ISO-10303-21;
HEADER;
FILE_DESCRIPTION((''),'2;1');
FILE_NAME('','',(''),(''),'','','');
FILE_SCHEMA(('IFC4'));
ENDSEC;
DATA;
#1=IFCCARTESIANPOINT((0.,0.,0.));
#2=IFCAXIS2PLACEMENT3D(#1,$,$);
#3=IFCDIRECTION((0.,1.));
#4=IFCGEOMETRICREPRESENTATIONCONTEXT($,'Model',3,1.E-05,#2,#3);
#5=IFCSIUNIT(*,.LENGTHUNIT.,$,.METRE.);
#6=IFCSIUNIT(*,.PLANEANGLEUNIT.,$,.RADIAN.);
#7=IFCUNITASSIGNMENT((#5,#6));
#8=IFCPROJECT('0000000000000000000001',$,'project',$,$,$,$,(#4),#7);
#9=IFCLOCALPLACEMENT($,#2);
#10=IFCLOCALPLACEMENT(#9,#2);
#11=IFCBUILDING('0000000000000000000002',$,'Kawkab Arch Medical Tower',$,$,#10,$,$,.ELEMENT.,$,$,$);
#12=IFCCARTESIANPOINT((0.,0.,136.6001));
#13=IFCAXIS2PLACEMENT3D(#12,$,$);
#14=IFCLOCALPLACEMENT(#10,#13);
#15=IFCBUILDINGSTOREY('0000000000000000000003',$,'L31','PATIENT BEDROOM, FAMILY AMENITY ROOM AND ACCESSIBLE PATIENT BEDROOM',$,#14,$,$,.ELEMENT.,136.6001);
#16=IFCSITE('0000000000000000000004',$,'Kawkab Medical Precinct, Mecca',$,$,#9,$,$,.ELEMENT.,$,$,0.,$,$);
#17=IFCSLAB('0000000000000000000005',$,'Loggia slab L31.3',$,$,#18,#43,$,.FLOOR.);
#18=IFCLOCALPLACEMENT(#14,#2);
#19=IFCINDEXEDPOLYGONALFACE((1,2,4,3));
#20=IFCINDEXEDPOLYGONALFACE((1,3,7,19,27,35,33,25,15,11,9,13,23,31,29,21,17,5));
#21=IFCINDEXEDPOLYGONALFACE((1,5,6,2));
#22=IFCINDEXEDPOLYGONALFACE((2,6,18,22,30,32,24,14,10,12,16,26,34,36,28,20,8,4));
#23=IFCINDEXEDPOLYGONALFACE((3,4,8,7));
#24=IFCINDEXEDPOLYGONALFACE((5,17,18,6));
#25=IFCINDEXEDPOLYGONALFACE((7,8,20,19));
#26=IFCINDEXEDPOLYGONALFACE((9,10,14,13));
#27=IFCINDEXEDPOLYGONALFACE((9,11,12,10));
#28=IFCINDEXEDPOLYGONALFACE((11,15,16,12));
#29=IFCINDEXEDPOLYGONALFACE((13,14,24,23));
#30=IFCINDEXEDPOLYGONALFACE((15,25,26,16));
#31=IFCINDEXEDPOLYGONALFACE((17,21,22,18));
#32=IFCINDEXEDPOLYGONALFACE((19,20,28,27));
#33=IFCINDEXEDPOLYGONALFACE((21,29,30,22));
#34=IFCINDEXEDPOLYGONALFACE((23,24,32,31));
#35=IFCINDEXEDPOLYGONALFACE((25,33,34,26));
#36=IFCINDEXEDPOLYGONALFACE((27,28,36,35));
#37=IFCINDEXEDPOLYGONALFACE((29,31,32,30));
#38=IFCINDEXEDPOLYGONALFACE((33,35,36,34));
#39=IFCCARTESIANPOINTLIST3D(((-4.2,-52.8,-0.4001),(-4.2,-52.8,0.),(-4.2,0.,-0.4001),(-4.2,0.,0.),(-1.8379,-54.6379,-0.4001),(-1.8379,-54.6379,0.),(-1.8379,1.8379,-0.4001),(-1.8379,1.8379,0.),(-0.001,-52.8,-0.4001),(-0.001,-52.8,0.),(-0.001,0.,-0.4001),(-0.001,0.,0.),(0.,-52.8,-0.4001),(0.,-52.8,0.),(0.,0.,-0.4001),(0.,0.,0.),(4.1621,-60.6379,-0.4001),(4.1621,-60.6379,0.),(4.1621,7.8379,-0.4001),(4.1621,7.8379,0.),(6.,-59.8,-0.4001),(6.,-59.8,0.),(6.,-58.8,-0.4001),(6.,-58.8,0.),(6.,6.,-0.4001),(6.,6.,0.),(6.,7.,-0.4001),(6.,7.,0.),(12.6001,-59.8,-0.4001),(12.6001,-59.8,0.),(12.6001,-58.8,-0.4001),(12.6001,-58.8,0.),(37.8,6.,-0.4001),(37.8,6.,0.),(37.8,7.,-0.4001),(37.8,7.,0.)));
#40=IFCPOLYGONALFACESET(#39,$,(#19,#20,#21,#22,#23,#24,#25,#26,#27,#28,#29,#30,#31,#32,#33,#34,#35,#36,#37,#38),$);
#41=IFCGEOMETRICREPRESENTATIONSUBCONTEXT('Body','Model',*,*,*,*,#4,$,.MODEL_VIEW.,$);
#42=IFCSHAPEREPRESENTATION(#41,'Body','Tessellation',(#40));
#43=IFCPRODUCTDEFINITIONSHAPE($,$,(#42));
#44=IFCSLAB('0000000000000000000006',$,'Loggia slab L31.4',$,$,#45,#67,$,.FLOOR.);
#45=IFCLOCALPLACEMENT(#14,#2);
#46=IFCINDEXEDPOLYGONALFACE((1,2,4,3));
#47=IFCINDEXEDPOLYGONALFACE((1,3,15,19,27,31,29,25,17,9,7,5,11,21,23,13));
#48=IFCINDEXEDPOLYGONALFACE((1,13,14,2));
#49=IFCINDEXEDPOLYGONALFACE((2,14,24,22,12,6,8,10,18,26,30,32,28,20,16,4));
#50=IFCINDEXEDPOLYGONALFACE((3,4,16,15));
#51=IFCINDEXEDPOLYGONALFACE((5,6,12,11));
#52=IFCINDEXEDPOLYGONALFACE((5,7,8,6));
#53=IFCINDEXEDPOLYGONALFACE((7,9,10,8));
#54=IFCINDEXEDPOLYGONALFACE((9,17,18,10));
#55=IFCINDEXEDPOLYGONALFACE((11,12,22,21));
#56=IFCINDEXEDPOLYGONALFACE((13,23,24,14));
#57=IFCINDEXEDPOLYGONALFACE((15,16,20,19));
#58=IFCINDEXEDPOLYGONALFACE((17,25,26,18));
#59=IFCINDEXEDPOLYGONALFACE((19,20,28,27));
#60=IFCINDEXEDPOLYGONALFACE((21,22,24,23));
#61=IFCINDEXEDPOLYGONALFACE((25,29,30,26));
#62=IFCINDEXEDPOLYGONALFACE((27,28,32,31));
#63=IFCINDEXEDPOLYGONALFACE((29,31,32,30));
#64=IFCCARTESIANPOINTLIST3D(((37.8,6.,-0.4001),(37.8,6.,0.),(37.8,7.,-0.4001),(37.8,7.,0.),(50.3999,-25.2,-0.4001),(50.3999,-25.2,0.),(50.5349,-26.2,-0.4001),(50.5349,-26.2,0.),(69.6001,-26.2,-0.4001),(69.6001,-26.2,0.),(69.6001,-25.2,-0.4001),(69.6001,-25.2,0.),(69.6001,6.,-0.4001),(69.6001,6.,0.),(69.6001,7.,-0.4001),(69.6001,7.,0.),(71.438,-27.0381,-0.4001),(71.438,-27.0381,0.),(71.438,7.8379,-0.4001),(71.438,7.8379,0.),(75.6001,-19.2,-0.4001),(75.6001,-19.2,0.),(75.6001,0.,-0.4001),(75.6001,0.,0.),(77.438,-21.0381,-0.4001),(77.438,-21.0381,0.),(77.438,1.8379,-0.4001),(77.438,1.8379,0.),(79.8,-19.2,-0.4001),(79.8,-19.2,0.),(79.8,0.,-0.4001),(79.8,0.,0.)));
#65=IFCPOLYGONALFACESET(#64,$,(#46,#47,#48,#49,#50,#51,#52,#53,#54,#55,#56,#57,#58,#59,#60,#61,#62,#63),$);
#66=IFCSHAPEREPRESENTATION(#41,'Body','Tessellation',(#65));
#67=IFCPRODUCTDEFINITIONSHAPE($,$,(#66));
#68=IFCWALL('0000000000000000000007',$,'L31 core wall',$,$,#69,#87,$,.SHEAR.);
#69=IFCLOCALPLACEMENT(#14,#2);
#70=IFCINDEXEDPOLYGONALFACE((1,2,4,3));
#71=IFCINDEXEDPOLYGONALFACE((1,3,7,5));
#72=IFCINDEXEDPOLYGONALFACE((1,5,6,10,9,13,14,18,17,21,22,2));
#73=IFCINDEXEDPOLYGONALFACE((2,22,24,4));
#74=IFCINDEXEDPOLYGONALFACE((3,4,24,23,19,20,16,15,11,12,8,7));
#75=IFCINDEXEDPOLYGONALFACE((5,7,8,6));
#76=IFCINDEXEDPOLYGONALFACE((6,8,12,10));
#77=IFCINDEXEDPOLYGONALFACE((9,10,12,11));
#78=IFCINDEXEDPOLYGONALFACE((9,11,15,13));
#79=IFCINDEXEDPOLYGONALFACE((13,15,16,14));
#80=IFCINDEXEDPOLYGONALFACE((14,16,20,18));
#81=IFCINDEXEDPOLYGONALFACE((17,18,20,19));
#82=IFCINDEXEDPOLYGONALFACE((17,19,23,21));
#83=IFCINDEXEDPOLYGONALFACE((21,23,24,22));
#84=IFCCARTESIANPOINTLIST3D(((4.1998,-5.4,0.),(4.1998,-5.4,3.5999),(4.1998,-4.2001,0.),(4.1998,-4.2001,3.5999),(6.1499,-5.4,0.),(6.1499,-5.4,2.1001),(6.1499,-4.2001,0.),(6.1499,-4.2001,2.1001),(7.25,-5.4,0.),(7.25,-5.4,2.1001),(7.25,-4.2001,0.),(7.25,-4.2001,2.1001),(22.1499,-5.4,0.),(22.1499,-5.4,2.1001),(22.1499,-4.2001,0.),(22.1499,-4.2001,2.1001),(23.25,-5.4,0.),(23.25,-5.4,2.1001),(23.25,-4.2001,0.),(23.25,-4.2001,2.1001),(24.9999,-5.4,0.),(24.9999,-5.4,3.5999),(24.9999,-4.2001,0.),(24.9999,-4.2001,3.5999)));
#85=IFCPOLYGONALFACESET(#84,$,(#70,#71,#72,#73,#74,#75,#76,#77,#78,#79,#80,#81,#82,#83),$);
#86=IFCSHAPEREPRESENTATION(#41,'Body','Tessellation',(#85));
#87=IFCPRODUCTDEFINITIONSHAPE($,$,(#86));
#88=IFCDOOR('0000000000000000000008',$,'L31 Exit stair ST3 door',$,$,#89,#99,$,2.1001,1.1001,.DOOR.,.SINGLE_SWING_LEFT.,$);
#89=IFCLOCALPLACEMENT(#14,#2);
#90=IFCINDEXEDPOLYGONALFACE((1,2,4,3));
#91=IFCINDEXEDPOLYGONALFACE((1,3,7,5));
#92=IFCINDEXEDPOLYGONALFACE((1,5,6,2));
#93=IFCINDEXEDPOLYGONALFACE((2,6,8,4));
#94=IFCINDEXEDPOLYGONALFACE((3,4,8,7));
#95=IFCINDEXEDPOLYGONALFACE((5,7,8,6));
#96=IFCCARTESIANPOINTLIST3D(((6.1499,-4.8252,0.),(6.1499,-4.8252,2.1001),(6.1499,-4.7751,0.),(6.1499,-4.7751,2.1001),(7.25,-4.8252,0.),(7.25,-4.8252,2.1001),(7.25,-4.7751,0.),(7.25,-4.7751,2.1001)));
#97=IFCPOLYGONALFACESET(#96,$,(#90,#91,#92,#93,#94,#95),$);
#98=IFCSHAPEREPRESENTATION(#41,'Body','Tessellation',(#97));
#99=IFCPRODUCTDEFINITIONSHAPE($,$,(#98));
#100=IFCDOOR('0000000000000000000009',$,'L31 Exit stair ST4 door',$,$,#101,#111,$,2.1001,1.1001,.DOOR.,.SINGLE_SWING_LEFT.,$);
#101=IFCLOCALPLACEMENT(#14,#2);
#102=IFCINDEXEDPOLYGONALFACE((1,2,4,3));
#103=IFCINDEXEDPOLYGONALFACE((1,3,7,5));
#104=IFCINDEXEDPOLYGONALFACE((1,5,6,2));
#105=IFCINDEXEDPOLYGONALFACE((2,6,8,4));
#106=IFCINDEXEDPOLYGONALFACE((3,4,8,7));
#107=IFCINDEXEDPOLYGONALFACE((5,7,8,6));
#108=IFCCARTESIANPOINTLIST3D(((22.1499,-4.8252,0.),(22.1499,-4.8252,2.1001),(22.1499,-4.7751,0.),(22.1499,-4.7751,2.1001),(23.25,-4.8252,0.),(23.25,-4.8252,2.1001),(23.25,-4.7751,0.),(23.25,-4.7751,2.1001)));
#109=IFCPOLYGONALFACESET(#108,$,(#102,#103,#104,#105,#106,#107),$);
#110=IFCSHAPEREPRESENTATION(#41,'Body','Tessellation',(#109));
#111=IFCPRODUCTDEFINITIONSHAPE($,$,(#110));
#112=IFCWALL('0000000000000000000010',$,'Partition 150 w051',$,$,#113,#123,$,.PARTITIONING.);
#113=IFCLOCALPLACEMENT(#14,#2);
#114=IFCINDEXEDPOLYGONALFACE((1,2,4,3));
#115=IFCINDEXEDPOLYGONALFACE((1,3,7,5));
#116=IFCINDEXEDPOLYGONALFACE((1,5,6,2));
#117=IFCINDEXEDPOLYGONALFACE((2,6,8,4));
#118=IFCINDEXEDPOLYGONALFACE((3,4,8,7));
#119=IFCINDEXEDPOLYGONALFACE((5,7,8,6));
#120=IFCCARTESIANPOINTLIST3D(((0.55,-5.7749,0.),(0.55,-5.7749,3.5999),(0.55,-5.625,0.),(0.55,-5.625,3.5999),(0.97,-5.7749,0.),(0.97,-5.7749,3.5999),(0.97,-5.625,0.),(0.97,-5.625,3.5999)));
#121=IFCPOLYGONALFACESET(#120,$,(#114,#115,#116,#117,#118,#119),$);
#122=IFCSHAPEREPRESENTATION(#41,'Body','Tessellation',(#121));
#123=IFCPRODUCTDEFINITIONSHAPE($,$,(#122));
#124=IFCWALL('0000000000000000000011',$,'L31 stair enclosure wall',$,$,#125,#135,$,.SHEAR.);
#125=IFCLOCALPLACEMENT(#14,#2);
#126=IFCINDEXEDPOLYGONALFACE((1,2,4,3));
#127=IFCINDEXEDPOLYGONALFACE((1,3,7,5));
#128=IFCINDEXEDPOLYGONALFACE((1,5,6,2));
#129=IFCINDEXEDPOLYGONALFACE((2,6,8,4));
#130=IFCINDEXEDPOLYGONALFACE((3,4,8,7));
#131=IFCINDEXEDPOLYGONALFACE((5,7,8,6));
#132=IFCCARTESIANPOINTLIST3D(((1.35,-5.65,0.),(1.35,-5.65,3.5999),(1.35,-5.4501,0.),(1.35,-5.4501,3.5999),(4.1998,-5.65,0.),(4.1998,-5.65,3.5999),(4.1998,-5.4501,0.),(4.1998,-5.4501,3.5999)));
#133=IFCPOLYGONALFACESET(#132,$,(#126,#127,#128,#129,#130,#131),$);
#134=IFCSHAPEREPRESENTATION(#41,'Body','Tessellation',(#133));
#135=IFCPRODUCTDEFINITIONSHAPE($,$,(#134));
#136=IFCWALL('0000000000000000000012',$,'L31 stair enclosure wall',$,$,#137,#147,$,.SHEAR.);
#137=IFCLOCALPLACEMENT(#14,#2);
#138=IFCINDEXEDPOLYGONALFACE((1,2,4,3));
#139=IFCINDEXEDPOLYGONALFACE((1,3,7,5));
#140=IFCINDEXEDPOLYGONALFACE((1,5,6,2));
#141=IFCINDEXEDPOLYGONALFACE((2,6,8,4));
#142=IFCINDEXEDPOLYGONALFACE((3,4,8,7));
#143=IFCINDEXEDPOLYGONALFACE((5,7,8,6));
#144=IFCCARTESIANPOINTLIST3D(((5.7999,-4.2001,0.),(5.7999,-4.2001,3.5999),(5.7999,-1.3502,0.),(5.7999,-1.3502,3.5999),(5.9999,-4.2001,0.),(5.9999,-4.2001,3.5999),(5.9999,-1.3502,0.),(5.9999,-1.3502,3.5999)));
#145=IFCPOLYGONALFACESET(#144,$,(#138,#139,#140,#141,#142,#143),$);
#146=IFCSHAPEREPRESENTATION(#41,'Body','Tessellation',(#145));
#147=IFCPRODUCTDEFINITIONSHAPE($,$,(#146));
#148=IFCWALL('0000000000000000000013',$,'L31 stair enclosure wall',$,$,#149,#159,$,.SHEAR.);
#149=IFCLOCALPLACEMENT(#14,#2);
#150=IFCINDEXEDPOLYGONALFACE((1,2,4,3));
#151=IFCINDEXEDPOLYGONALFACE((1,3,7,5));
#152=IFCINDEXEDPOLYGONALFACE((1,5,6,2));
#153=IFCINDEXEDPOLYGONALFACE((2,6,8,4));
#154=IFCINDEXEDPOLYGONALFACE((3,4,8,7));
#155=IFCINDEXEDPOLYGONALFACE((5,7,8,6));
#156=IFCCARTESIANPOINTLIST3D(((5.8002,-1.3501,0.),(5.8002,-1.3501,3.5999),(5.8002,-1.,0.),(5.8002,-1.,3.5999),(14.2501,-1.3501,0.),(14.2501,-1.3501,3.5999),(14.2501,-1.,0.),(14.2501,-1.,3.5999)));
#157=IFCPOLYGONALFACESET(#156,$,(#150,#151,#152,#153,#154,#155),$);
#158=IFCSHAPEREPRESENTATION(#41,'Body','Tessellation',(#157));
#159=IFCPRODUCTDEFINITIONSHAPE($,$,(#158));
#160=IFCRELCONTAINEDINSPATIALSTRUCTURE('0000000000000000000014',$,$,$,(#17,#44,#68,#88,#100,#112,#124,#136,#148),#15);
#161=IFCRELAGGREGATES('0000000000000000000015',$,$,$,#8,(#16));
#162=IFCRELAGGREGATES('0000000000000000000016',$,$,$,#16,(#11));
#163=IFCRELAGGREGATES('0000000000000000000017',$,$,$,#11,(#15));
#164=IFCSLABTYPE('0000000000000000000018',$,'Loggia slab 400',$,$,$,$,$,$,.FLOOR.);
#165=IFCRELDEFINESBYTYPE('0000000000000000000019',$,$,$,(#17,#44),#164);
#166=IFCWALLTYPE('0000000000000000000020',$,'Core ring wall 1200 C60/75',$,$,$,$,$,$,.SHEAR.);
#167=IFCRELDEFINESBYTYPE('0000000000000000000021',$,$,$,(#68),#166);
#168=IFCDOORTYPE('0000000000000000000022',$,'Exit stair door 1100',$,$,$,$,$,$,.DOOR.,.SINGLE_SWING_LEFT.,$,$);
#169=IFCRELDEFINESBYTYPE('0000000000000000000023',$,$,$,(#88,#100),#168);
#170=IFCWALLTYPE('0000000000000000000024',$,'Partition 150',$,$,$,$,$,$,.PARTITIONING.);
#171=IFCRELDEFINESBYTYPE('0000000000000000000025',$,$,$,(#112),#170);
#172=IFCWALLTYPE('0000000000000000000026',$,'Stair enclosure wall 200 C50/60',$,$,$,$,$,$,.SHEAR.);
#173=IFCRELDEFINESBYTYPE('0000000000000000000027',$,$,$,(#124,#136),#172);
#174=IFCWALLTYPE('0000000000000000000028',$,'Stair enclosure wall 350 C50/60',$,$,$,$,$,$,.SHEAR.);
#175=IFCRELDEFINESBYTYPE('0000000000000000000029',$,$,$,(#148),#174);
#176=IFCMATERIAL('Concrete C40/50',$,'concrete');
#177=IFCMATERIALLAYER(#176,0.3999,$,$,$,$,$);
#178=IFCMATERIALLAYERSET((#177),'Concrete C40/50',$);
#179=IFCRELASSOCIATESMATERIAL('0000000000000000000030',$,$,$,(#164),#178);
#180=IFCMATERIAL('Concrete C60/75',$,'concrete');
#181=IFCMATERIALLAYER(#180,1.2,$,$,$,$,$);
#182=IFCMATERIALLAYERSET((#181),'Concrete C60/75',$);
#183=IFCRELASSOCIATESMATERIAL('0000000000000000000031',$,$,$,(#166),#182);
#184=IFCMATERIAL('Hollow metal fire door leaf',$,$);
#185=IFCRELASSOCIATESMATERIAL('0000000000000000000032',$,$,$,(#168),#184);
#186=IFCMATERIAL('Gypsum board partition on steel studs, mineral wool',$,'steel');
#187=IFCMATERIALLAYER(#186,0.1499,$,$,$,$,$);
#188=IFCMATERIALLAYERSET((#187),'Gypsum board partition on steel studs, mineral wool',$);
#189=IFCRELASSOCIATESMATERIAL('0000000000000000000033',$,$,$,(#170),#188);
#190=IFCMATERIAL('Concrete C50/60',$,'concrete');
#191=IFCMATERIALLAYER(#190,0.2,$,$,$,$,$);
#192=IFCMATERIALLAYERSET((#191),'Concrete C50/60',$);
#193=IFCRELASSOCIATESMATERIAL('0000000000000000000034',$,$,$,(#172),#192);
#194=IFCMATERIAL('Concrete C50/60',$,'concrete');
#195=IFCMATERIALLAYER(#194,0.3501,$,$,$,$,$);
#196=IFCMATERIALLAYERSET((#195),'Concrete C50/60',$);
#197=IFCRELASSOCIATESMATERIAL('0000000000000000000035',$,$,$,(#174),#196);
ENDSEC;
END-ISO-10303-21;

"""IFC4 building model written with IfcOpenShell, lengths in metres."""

from ifc_helpers import new_model, si_unit, direction, frame, frame_2d, origin, place, context, subcontext, project, spatial, polyline, rectangle, outline, extrude, material, layer, layer_set, type_object, element, fill, save


model = new_model("IFC4")

# Units and contexts
model_context = context("Model", 3, precision=1e-05, world=origin(), true_north=direction((0.0, 1.0)))
body_context = subcontext(model_context, "Body", "Model", "MODEL_VIEW")
ifc_project = project(units=[si_unit("LENGTHUNIT", "METRE"), si_unit("PLANEANGLEUNIT", "RADIAN")], contexts=[model_context])

# Site, building, storey
site_placement = place(None, origin())
site = spatial("IfcSite", under=ifc_project, at=site_placement, Name="Kawkab Medical Precinct, Mecca", CompositionType="ELEMENT", RefElevation=0.0)
building_placement = place(site_placement, origin())
building = spatial("IfcBuilding", under=site, at=building_placement, Name="Kawkab Arch Medical Tower", CompositionType="ELEMENT")
storey_placement = place(building_placement, frame((0.0, 0.0, 136.6001)))
storey = spatial("IfcBuildingStorey", under=building, at=storey_placement, Name="L31", Description="PATIENT BEDROOM, FAMILY AMENITY ROOM AND ACCESSIBLE PATIENT BEDROOM", CompositionType="ELEMENT", Elevation=136.6001)

# Slabs
ifc_material_1 = material(Name="Concrete C40/50", Category="concrete")
ifc_layer_1 = layer(ifc_material_1, 0.3999)
ifc_layer_set_1 = layer_set([ifc_layer_1], Name="Concrete C40/50")
slab_type_1 = type_object("IfcSlabType", Name="Loggia slab 400", PredefinedType="FLOOR", material=ifc_layer_set_1)
placement_1 = place(storey_placement, frame((0.0, 0.0, -0.4001)))
element("IfcSlab", 1, at=placement_1, inside=storey, type_object=slab_type_1, Name="Loggia slab L31.3", PredefinedType="FLOOR", context=body_context, shape_type="SweptSolid", body=[
    extrude(outline(polyline([(-4.2, 0.0), (-1.8379, 1.8379), (4.1621, 7.8379), (6.0, 7.0), (37.8, 7.0), (37.8, 6.0), (6.0, 6.0), (0.0, 0.0), (-0.001, 0.0), (-0.001, -52.8), (0.0, -52.8), (6.0, -58.8), (12.6001, -58.8), (12.6001, -59.8), (6.0, -59.8), (4.1621, -60.6379), (-1.8379, -54.6379), (-4.2, -52.8), (-4.2, 0.0)])), origin(), (0.0, 0.0, 1.0), 0.4001),
])
element("IfcSlab", 2, at=placement_1, inside=storey, type_object=slab_type_1, Name="Loggia slab L31.4", PredefinedType="FLOOR", context=body_context, shape_type="SweptSolid", body=[
    extrude(outline(polyline([(37.8, 7.0), (69.6001, 7.0), (71.438, 7.8379), (77.438, 1.8379), (79.8, 0.0), (79.8, -19.2), (77.438, -21.0381), (71.438, -27.0381), (69.6001, -26.2), (50.5349, -26.2), (50.3999, -25.2), (69.6001, -25.2), (75.6001, -19.2), (75.6001, 0.0), (69.6001, 6.0), (37.8, 6.0), (37.8, 7.0)])), origin(), (0.0, 0.0, 1.0), 0.4001),
])

# Wall, openings, doors
ifc_material_2 = material(Name="Concrete C60/75", Category="concrete")
ifc_layer_2 = layer(ifc_material_2, 1.2)
ifc_layer_set_2 = layer_set([ifc_layer_2], Name="Concrete C60/75")
wall_type_1 = type_object("IfcWallType", Name="Core ring wall 1200 C60/75", PredefinedType="SHEAR", material=ifc_layer_set_2)
wall_1_placement = place(storey_placement, frame((4.2, -4.8, 0.0), z_axis=(0.0, 0.0, 1.0), x_axis=(1.0, 0.0, 0.0)))
wall_1 = element("IfcWall", 3, at=wall_1_placement, inside=storey, type_object=wall_type_1, Name="L31 core wall", PredefinedType="SHEAR", context=body_context, shape_type="SweptSolid", body=[
    extrude(rectangle(XDim=20.8, YDim=1.2, at=frame_2d((10.3999, 0.0))), origin(), (0.0, 0.0, 1.0), 3.5999),
])
opening_1_placement = place(wall_1_placement, frame((1.95, 0.0, 0.0)))
opening_1 = element("IfcOpeningElement", 4, at=opening_1_placement, cuts=wall_1, PredefinedType="OPENING", context=body_context, shape_type="SweptSolid", body=[
    extrude(rectangle(XDim=1.1001, YDim=2.1001, at=frame_2d((0.55, 1.05))), frame((0.0, 0.6099, 0.0), z_axis=(0.0, -1.0, 0.0), x_axis=(1.0, 0.0, 0.0)), (0.0, 0.0, 1.0), 1.22),
])
opening_2_placement = place(wall_1_placement, frame((17.95, 0.0, 0.0)))
opening_2 = element("IfcOpeningElement", 5, at=opening_2_placement, cuts=wall_1, PredefinedType="OPENING", context=body_context, shape_type="SweptSolid", body=[
    extrude(rectangle(XDim=1.1001, YDim=2.1001, at=frame_2d((0.55, 1.05))), frame((0.0, 0.6099, 0.0), z_axis=(0.0, -1.0, 0.0), x_axis=(1.0, 0.0, 0.0)), (0.0, 0.0, 1.0), 1.22),
])
ifc_material_3 = material(Name="Hollow metal fire door leaf")
door_type = type_object("IfcDoorType", Name="Exit stair door 1100", OperationType="SINGLE_SWING_LEFT", PredefinedType="DOOR", material=ifc_material_3)
door_1_placement = place(opening_1_placement, origin())
door_1 = element("IfcDoor", 6, at=door_1_placement, inside=storey, type_object=door_type, Name="L31 Exit stair ST3 door", OperationType="SINGLE_SWING_LEFT", OverallHeight=2.1001, OverallWidth=1.1001, PredefinedType="DOOR", context=body_context, shape_type="SweptSolid", body=[
    extrude(rectangle(XDim=1.1001, YDim=2.1001, at=frame_2d((0.55, 1.05))), frame((0.0, 0.0249, 0.0), z_axis=(0.0, -1.0, 0.0), x_axis=(1.0, 0.0, 0.0)), (0.0, 0.0, 1.0), 0.05),
])
fill(opening_1, door_1)
door_2_placement = place(opening_2_placement, origin())
door_2 = element("IfcDoor", 7, at=door_2_placement, inside=storey, type_object=door_type, Name="L31 Exit stair ST4 door", OperationType="SINGLE_SWING_LEFT", OverallHeight=2.1001, OverallWidth=1.1001, PredefinedType="DOOR", context=body_context, shape_type="SweptSolid", body=[
    extrude(rectangle(XDim=1.1001, YDim=2.1001, at=frame_2d((0.55, 1.05))), frame((0.0, 0.0249, 0.0), z_axis=(0.0, -1.0, 0.0), x_axis=(1.0, 0.0, 0.0)), (0.0, 0.0, 1.0), 0.05),
])
fill(opening_2, door_2)

# Walls
ifc_material_4 = material(Name="Gypsum board partition on steel studs, mineral wool", Category="steel")
ifc_layer_3 = layer(ifc_material_4, 0.1499)
ifc_layer_set_3 = layer_set([ifc_layer_3], Name="Gypsum board partition on steel studs, mineral wool")
wall_type_2 = type_object("IfcWallType", Name="Partition 150", PredefinedType="PARTITIONING", material=ifc_layer_set_3)
wall_2_placement = place(storey_placement, frame((0.55, -5.7, 0.0), z_axis=(0.0, 0.0, 1.0), x_axis=(1.0, 0.0, 0.0)))
element("IfcWall", 8, at=wall_2_placement, inside=storey, type_object=wall_type_2, Name="Partition 150 w051", PredefinedType="PARTITIONING", context=body_context, shape_type="SweptSolid", body=[
    extrude(rectangle(XDim=0.4199, YDim=0.1499, at=frame_2d((0.21, 0.0))), origin(), (0.0, 0.0, 1.0), 3.5999),
])
ifc_material_5 = material(Name="Concrete C50/60", Category="concrete")
ifc_layer_4 = layer(ifc_material_5, 0.2)
ifc_layer_set_4 = layer_set([ifc_layer_4], Name="Concrete C50/60")
wall_type_3 = type_object("IfcWallType", Name="Stair enclosure wall 200 C50/60", PredefinedType="SHEAR", material=ifc_layer_set_4)
for number, where, z_axis, x_axis, name in (
    (9, (1.3501, -5.55, 0.0), (0.0, 0.0, 1.0), (1.0, 0.0, 0.0), "L31 stair enclosure wall"),
    (10, (5.8999, -4.2, 0.0), (0.0, 0.0, 1.0), (0.0, 1.0, 0.0), "L31 stair enclosure wall"),
):
    element("IfcWall", number, at=place(storey_placement, frame(where, z_axis=z_axis, x_axis=x_axis)), inside=storey, type_object=wall_type_3, Name=name, PredefinedType="SHEAR", context=body_context, shape_type="SweptSolid", body=[
        extrude(rectangle(XDim=2.8499, YDim=0.2, at=frame_2d((1.4248, 0.0))), origin(), (0.0, 0.0, 1.0), 3.5999),
    ])
ifc_material_6 = material(Name="Concrete C50/60", Category="concrete")
ifc_layer_5 = layer(ifc_material_6, 0.3501)
ifc_layer_set_5 = layer_set([ifc_layer_5], Name="Concrete C50/60")
wall_type_4 = type_object("IfcWallType", Name="Stair enclosure wall 350 C50/60", PredefinedType="SHEAR", material=ifc_layer_set_5)
wall_3_placement = place(storey_placement, frame((5.8, -1.175, 0.0), z_axis=(0.0, 0.0, 1.0), x_axis=(1.0, 0.0, 0.0)))
element("IfcWall", 11, at=wall_3_placement, inside=storey, type_object=wall_type_4, Name="L31 stair enclosure wall", PredefinedType="SHEAR", context=body_context, shape_type="SweptSolid", body=[
    extrude(rectangle(XDim=8.45, YDim=0.3501, at=frame_2d((4.2251, 0.0))), origin(), (0.0, 0.0, 1.0), 3.5999),
])

save(model, "model.ifc")
